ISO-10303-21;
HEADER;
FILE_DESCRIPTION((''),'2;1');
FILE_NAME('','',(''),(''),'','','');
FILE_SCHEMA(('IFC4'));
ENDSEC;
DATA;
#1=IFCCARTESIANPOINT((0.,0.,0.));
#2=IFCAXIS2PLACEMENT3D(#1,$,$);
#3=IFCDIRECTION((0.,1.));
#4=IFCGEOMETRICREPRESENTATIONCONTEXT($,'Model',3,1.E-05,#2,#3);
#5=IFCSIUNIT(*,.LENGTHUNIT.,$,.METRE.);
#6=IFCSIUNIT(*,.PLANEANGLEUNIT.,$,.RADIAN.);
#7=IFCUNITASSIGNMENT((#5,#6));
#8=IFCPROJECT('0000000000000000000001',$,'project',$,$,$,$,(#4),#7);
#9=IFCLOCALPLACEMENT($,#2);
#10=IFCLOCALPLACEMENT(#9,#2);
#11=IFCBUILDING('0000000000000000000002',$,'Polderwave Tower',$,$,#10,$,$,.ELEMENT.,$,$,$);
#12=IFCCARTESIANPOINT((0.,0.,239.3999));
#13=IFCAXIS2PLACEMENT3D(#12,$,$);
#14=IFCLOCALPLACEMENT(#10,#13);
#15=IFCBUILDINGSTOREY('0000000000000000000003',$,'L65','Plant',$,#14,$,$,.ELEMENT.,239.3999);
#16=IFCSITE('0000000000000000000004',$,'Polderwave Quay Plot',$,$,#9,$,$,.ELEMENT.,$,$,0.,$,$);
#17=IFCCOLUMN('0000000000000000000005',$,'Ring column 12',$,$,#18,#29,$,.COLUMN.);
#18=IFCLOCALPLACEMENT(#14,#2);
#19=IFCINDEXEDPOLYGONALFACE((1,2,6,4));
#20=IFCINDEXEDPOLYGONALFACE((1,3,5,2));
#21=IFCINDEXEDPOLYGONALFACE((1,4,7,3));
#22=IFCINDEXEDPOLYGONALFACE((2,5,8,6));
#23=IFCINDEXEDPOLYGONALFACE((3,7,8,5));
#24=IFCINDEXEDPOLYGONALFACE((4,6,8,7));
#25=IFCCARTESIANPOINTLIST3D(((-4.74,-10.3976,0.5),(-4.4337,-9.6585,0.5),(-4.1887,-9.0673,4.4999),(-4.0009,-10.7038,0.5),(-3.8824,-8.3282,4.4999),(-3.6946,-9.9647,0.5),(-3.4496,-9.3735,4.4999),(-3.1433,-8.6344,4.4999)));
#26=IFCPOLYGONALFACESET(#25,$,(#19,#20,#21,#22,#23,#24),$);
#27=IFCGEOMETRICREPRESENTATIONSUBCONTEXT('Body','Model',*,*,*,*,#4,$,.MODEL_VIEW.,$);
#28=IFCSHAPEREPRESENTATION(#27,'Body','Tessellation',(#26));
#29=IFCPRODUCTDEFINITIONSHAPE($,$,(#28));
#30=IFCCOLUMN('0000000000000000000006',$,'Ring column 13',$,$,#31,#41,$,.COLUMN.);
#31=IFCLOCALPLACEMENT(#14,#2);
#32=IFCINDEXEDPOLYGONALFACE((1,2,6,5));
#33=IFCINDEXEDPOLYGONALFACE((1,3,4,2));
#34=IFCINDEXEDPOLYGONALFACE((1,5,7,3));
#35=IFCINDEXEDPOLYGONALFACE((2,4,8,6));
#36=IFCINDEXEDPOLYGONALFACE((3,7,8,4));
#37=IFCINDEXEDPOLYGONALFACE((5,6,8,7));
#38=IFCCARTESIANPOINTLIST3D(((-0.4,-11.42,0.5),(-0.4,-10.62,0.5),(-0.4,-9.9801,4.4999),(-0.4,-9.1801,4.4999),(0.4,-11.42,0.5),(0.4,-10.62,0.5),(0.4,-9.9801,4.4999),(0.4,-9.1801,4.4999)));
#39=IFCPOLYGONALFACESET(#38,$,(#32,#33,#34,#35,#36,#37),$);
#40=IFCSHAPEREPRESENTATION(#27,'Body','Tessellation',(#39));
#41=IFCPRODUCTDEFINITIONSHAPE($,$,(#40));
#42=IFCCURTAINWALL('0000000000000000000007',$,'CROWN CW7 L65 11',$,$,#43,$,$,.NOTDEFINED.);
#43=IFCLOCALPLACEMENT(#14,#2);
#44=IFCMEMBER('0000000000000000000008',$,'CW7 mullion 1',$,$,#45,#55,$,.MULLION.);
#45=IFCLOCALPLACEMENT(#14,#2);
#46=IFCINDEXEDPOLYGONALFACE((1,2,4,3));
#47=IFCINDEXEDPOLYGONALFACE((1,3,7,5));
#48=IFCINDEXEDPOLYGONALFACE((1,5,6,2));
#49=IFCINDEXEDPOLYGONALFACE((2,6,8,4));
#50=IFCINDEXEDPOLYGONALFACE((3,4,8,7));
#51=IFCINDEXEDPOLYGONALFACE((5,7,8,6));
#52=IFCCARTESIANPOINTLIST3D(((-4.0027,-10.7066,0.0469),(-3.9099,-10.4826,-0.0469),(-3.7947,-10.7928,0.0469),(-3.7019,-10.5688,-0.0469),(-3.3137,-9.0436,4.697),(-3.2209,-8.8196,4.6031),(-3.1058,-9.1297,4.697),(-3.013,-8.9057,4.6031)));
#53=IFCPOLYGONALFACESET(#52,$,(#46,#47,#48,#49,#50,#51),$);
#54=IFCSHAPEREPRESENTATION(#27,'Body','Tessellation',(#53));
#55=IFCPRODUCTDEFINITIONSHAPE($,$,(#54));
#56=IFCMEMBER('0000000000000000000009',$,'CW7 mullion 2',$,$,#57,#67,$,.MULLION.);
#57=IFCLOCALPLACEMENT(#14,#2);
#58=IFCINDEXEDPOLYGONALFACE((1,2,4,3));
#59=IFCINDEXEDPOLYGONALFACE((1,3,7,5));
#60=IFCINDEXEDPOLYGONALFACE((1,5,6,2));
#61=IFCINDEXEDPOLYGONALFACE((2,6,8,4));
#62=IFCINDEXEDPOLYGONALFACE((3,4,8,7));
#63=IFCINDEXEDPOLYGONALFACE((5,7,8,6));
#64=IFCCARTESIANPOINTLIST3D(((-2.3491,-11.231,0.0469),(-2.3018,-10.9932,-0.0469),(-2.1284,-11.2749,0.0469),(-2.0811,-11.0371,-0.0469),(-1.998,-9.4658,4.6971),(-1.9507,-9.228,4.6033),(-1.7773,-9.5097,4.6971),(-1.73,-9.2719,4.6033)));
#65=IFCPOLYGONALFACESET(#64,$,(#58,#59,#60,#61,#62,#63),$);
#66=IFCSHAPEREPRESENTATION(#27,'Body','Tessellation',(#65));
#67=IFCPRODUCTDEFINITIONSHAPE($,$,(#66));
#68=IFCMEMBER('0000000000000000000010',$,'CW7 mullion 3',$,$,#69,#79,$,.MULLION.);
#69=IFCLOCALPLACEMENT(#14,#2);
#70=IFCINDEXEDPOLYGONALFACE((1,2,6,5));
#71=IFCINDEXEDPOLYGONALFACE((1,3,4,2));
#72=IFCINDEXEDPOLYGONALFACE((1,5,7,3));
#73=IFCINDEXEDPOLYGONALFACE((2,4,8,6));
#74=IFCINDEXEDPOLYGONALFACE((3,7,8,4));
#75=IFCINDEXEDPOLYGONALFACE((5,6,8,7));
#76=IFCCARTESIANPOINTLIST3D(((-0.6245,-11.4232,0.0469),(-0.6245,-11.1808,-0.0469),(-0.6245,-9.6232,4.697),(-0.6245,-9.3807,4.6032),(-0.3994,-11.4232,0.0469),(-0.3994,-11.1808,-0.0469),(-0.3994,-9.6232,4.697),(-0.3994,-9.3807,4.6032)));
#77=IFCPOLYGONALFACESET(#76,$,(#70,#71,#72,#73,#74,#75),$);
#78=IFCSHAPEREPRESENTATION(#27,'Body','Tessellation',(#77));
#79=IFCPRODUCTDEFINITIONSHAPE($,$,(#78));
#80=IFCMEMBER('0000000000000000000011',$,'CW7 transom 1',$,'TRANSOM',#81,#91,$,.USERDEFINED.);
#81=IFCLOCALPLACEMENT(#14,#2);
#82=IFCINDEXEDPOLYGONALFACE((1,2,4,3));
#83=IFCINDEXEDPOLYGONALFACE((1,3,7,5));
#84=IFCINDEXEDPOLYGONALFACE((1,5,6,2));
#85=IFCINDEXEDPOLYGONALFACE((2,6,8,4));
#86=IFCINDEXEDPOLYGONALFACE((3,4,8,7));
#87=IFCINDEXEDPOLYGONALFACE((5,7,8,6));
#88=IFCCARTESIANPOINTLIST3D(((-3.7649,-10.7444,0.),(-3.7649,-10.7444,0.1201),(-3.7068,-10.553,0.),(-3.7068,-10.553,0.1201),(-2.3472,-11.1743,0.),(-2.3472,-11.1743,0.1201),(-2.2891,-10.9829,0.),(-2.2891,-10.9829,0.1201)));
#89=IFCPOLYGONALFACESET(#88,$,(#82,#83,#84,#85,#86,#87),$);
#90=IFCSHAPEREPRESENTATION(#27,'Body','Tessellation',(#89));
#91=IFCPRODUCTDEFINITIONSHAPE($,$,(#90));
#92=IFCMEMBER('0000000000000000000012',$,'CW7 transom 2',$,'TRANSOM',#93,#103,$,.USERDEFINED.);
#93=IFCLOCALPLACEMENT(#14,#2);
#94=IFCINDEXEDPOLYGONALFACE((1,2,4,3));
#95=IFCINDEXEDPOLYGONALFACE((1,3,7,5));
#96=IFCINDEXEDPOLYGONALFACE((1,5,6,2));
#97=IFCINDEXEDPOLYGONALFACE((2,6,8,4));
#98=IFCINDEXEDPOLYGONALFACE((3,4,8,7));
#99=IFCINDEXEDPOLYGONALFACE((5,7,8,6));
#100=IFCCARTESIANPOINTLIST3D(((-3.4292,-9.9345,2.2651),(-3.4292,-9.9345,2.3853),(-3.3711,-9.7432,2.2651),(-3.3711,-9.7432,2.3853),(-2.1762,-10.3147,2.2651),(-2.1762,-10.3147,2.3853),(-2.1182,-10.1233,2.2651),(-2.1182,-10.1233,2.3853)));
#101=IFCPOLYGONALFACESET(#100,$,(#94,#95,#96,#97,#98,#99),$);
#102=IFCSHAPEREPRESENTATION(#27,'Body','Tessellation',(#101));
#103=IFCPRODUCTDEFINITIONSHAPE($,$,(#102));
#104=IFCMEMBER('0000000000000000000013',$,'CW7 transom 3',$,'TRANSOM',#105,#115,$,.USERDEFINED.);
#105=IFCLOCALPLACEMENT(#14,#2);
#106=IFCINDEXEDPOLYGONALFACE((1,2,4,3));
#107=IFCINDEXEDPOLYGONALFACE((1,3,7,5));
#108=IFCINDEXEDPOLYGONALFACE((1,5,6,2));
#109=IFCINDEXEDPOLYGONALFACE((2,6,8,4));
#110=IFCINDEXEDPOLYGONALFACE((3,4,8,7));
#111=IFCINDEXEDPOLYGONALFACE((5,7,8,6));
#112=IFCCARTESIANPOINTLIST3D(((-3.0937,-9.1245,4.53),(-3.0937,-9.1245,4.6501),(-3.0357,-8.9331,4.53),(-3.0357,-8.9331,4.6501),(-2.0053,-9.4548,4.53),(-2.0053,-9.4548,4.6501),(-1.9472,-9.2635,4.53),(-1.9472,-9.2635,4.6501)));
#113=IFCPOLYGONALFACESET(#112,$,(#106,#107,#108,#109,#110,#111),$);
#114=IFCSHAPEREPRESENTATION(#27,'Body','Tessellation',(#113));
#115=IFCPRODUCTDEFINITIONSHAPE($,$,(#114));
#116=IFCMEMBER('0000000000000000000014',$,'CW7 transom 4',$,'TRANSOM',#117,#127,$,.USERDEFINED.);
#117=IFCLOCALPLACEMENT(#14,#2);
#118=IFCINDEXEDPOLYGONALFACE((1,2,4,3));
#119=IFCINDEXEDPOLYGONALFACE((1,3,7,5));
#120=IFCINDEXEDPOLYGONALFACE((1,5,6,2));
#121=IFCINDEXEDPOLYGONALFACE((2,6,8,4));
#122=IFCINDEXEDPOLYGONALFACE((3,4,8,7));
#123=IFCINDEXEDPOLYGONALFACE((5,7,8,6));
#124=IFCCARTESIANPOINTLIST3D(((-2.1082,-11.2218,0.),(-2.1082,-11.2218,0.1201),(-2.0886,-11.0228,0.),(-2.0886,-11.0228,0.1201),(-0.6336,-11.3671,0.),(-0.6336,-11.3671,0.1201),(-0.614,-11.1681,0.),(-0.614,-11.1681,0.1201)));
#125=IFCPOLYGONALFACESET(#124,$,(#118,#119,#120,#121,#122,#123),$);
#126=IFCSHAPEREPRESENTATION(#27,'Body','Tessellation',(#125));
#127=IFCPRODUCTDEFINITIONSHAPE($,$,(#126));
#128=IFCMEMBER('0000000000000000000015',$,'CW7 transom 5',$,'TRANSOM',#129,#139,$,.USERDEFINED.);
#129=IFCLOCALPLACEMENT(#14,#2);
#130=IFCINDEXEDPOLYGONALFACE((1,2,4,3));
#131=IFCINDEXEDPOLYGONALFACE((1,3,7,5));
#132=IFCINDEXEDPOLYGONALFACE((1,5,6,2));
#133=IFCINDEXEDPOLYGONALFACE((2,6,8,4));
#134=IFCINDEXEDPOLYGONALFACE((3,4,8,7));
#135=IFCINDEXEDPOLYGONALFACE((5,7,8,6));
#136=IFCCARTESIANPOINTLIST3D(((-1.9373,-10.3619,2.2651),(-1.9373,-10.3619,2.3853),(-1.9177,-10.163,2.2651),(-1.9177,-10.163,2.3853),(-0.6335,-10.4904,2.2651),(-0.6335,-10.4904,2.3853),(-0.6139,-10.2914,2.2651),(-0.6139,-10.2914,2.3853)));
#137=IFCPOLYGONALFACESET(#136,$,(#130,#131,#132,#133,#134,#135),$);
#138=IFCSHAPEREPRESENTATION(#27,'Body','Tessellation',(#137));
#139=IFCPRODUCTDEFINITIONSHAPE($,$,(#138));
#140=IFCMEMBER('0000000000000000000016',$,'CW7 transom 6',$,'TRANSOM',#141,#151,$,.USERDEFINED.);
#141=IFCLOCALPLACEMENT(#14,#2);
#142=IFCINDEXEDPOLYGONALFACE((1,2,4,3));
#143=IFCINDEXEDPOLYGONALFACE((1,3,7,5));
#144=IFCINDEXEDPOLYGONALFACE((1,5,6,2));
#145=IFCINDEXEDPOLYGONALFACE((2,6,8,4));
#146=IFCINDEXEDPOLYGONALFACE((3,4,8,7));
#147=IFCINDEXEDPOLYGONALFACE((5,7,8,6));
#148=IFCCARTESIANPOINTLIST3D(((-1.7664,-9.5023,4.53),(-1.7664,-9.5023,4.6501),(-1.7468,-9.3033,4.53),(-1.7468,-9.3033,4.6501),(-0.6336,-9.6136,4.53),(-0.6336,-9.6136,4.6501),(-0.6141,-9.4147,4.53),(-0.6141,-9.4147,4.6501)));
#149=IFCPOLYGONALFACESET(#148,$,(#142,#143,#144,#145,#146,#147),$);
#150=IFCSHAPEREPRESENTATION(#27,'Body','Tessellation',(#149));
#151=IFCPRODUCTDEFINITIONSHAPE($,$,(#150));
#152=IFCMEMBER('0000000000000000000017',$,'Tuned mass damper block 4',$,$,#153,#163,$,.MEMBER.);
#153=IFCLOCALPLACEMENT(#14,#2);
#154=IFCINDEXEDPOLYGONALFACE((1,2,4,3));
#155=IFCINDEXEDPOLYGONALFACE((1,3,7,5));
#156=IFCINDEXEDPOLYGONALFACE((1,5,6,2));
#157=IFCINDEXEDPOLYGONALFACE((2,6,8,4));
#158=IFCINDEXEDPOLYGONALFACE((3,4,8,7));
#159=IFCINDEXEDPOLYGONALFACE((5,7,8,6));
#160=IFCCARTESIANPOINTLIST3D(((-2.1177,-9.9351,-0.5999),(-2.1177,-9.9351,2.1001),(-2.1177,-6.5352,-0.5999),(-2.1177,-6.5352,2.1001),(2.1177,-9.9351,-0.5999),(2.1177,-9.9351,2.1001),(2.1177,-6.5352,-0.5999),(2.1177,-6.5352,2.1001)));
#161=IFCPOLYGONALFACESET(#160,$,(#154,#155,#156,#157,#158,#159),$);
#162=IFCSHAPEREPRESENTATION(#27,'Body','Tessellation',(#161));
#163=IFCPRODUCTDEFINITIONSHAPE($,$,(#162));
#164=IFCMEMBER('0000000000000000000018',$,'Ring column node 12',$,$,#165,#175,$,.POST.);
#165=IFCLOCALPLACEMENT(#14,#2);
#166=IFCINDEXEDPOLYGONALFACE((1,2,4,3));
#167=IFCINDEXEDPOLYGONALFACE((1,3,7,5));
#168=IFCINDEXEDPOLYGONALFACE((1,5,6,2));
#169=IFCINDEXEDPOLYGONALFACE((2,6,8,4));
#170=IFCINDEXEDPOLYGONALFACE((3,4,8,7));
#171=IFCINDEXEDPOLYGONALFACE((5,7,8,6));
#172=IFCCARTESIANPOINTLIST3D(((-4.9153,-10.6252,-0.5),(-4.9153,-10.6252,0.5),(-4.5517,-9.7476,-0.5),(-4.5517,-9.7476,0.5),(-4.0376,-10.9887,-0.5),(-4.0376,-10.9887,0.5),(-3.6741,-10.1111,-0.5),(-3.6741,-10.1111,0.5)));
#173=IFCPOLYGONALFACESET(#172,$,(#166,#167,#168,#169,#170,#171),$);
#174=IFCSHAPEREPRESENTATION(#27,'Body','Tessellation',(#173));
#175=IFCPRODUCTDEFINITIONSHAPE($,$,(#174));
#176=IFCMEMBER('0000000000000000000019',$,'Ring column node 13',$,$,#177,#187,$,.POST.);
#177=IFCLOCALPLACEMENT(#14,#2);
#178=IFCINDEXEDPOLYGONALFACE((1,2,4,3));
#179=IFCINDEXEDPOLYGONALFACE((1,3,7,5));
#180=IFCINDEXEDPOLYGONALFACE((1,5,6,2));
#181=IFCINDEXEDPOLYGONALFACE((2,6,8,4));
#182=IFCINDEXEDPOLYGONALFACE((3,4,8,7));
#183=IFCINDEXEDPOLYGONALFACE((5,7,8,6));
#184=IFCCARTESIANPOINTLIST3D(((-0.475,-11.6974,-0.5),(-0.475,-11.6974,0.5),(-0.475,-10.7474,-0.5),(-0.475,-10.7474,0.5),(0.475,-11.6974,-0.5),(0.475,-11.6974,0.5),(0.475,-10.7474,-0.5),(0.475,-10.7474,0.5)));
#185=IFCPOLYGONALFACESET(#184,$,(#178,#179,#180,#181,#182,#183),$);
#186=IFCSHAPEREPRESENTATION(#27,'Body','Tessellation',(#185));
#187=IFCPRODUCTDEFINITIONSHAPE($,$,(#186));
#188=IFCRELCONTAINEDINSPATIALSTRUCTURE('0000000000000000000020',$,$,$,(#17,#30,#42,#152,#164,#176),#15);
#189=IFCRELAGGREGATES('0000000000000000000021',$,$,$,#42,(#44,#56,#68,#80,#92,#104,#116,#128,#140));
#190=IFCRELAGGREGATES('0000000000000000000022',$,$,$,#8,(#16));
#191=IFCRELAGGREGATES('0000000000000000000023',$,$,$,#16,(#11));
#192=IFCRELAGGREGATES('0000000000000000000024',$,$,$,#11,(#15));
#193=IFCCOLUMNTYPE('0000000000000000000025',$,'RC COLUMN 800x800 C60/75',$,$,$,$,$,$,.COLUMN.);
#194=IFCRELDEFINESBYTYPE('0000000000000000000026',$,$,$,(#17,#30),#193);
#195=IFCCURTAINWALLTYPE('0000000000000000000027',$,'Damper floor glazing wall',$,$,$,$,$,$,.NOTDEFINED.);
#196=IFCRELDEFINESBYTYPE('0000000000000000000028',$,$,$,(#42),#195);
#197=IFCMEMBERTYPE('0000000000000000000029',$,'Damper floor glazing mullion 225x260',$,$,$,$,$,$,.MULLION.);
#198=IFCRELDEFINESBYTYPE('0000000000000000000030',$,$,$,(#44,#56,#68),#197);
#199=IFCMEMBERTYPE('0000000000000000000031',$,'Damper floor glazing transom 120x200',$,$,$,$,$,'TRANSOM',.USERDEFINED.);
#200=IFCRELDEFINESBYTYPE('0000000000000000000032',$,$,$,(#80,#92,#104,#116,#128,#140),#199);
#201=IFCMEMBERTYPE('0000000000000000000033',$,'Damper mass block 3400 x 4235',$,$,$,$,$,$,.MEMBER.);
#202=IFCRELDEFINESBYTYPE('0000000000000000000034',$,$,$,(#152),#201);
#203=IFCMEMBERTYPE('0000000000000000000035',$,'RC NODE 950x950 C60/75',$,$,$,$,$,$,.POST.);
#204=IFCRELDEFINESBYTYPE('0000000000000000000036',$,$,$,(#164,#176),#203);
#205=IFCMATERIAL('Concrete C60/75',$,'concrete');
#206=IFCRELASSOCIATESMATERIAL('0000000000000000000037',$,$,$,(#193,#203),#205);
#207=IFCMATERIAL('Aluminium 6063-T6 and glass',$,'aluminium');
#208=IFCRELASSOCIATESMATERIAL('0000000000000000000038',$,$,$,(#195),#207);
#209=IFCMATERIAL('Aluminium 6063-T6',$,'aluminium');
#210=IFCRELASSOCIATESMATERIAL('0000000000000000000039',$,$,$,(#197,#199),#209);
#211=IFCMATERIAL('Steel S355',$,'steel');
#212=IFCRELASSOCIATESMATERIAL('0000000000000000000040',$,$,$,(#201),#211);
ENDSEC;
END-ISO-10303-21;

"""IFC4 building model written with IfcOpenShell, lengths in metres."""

from ifc_helpers import new_model, si_unit, direction, frame, origin, origin_2d, place, context, subcontext, project, spatial, rectangle, extrude, material, material_profile, profile_set, type_object, element, aggregate, save


model = new_model("IFC4")

# Units and contexts
model_context = context("Model", 3, precision=1e-05, world=origin(), true_north=direction((0.0, 1.0)))
body_context = subcontext(model_context, "Body", "Model", "MODEL_VIEW")
ifc_project = project(units=[si_unit("LENGTHUNIT", "METRE"), si_unit("PLANEANGLEUNIT", "RADIAN")], contexts=[model_context])

# Site, building, storey
site_placement = place(None, origin())
site = spatial("IfcSite", under=ifc_project, at=site_placement, Name="Polderwave Quay Plot", CompositionType="ELEMENT", RefElevation=0.0)
building_placement = place(site_placement, origin())
building = spatial("IfcBuilding", under=site, at=building_placement, Name="Polderwave Tower", CompositionType="ELEMENT")
storey_placement = place(building_placement, frame((0.0, 0.0, 239.3999)))
storey = spatial("IfcBuildingStorey", under=building, at=storey_placement, Name="L65", Description="Plant", CompositionType="ELEMENT", Elevation=239.3999)

# Columns
ifc_material_1 = material(Name="Concrete C60/75", Category="concrete")
ifc_material_profile_1 = material_profile(ifc_material_1, rectangle(XDim=0.8, YDim=0.8, at=origin_2d()), Name="RC 800x800")
ifc_profile_set_1 = profile_set([ifc_material_profile_1], Name="Concrete C60/75")
column_type = type_object("IfcColumnType", Name="RC COLUMN 800x800 C60/75", PredefinedType="COLUMN", material=ifc_profile_set_1)
column_1_placement = place(storey_placement, frame((-4.2173, -10.1812, 0.5), z_axis=(0.0, 0.0, 1.0), x_axis=(-0.923823, 0.382821, 0.0)))
element("IfcColumn", 1, at=column_1_placement, inside=storey, type_object=column_type, Name="Ring column 12", PredefinedType="COLUMN", context=body_context, shape_type="SweptSolid", body=[
    extrude(rectangle(XDim=0.8, YDim=0.8, at=origin_2d()), origin(), (0.0, -0.338723, 0.940886), 4.2512),
])
column_2_placement = place(storey_placement, frame((0.0, -11.02, 0.5), z_axis=(0.0, 0.0, 1.0), x_axis=(-1.0, 0.0, 0.0)))
element("IfcColumn", 2, at=column_2_placement, inside=storey, type_object=column_type, Name="Ring column 13", PredefinedType="COLUMN", context=body_context, shape_type="SweptSolid", body=[
    extrude(rectangle(XDim=0.8, YDim=0.8, at=origin_2d()), origin(), (0.0, -0.338707, 0.940892), 4.2512),
])

# Curtain wall, members
ifc_material_2 = material(Name="Aluminium 6063-T6 and glass", Category="aluminium")
curtain_wall_type = type_object("IfcCurtainWallType", Name="Damper floor glazing wall", PredefinedType="NOTDEFINED", material=ifc_material_2)
curtain_wall_placement = place(storey_placement, origin())
curtain_wall = element("IfcCurtainWall", 3, at=curtain_wall_placement, inside=storey, type_object=curtain_wall_type, Name="CROWN CW7 L65 11", PredefinedType="NOTDEFINED")
ifc_material_3 = material(Name="Aluminium 6063-T6", Category="aluminium")
ifc_material_profile_2 = material_profile(ifc_material_3, rectangle(XDim=0.2251, YDim=0.26, at=origin_2d()), Name="AL 225x260")
ifc_profile_set_2 = profile_set([ifc_material_profile_2], Name="Aluminium 6063-T6")
member_type_1 = type_object("IfcMemberType", Name="Damper floor glazing mullion 225x260", PredefinedType="MULLION", material=ifc_profile_set_2)
member_1_placement = place(storey_placement, frame((-3.8523, -10.6377, 0.0), z_axis=(0.138168, 0.333523, 0.932562), x_axis=(-0.923861, 0.382727, 0.0)))
member_1 = element("IfcMember", 4, at=member_1_placement, type_object=member_type_1, Name="CW7 mullion 1", PredefinedType="MULLION", context=body_context, shape_type="SweptSolid", body=[
    extrude(rectangle(XDim=0.2251, YDim=0.26, at=origin_2d()), origin(), (0.0, 0.0, 1.0), 4.9863),
])
member_2_placement = place(storey_placement, frame((-2.2151, -11.134, 0.0), z_axis=(0.070408, 0.354, 0.932591), x_axis=(-0.980789, 0.195073, 0.0)))
member_2 = element("IfcMember", 5, at=member_2_placement, type_object=member_type_1, Name="CW7 mullion 2", PredefinedType="MULLION", context=body_context, shape_type="SweptSolid", body=[
    extrude(rectangle(XDim=0.2251, YDim=0.26, at=origin_2d()), origin(), (0.0, 0.0, 1.0), 4.9863),
])
member_3_placement = place(storey_placement, frame((-0.512, -11.302, 0.0), z_axis=(0.0, 0.360993, 0.932569), x_axis=(-1.0, 0.0, 0.0)))
member_3 = element("IfcMember", 6, at=member_3_placement, type_object=member_type_1, Name="CW7 mullion 3", PredefinedType="MULLION", context=body_context, shape_type="SweptSolid", body=[
    extrude(rectangle(XDim=0.2251, YDim=0.26, at=origin_2d()), origin(), (0.0, 0.0, 1.0), 4.9863),
])
ifc_material_profile_3 = material_profile(ifc_material_3, rectangle(XDim=0.2, YDim=0.1201, at=origin_2d()), Name="AL 120x200")
ifc_profile_set_3 = profile_set([ifc_material_profile_3], Name="Aluminium 6063-T6")
member_type_2 = type_object("IfcMemberType", Name="Damper floor glazing transom 120x200", ElementType="TRANSOM", PredefinedType="USERDEFINED", material=ifc_profile_set_3)
member_4_placement = place(storey_placement, frame((-3.7358, -10.6487, 0.0601), z_axis=(0.956965, -0.290204, 0.0), x_axis=(0.290204, 0.956965, 0.0)))
member_4 = element("IfcMember", 7, at=member_4_placement, type_object=member_type_2, Name="CW7 transom 1", ObjectType="TRANSOM", PredefinedType="USERDEFINED", context=body_context, shape_type="SweptSolid", body=[
    extrude(rectangle(XDim=0.2, YDim=0.1201, at=origin_2d()), origin(), (0.0, 0.0, 1.0), 1.4814),
])
member_5_placement = place(storey_placement, frame((-3.4001, -9.8389, 2.3252), z_axis=(0.956929, -0.290323, 0.0), x_axis=(0.290323, 0.956929, 0.0)))
member_5 = element("IfcMember", 8, at=member_5_placement, type_object=member_type_2, Name="CW7 transom 2", ObjectType="TRANSOM", PredefinedType="USERDEFINED", context=body_context, shape_type="SweptSolid", body=[
    extrude(rectangle(XDim=0.2, YDim=0.1201, at=origin_2d()), origin(), (0.0, 0.0, 1.0), 1.3093),
])
member_6_placement = place(storey_placement, frame((-3.0647, -9.0288, 4.5901), z_axis=(0.9569, -0.290418, 0.0), x_axis=(0.290418, 0.9569, 0.0)))
member_6 = element("IfcMember", 9, at=member_6_placement, type_object=member_type_2, Name="CW7 transom 3", ObjectType="TRANSOM", PredefinedType="USERDEFINED", context=body_context, shape_type="SweptSolid", body=[
    extrude(rectangle(XDim=0.2, YDim=0.1201, at=origin_2d()), origin(), (0.0, 0.0, 1.0), 1.1375),
])
member_7_placement = place(storey_placement, frame((-2.0984, -11.1223, 0.0601), z_axis=(0.995183, -0.098035, 0.0), x_axis=(0.098035, 0.995183, 0.0)))
member_7 = element("IfcMember", 10, at=member_7_placement, type_object=member_type_2, Name="CW7 transom 4", ObjectType="TRANSOM", PredefinedType="USERDEFINED", context=body_context, shape_type="SweptSolid", body=[
    extrude(rectangle(XDim=0.2, YDim=0.1201, at=origin_2d()), origin(), (0.0, 0.0, 1.0), 1.4817),
])
member_8_placement = place(storey_placement, frame((-1.9275, -10.2625, 2.3252), z_axis=(0.995184, -0.098027, 0.0), x_axis=(0.098027, 0.995184, 0.0)))
member_8 = element("IfcMember", 11, at=member_8_placement, type_object=member_type_2, Name="CW7 transom 5", ObjectType="TRANSOM", PredefinedType="USERDEFINED", context=body_context, shape_type="SweptSolid", body=[
    extrude(rectangle(XDim=0.2, YDim=0.1201, at=origin_2d()), origin(), (0.0, 0.0, 1.0), 1.3101),
])
member_9_placement = place(storey_placement, frame((-1.7566, -9.4028, 4.5901), z_axis=(0.995206, -0.097805, 0.0), x_axis=(0.097805, 0.995206, 0.0)))
member_9 = element("IfcMember", 12, at=member_9_placement, type_object=member_type_2, Name="CW7 transom 6", ObjectType="TRANSOM", PredefinedType="USERDEFINED", context=body_context, shape_type="SweptSolid", body=[
    extrude(rectangle(XDim=0.2, YDim=0.1201, at=origin_2d()), origin(), (0.0, 0.0, 1.0), 1.1382),
])

# Members
ifc_material_4 = material(Name="Steel S355", Category="steel")
ifc_material_profile_4 = material_profile(ifc_material_4, rectangle(XDim=3.3999, YDim=4.2354, at=origin_2d()), Name="Steel block 3400x4235")
ifc_profile_set_4 = profile_set([ifc_material_profile_4], Name="Steel S355")
member_type_3 = type_object("IfcMemberType", Name="Damper mass block 3400 x 4235", PredefinedType="MEMBER", material=ifc_profile_set_4)
member_10_placement = place(storey_placement, frame((0.0, -8.2351, -0.5999), z_axis=(0.0, 0.0, 1.0), x_axis=(0.0, -1.0, 0.0)))
element("IfcMember", 13, at=member_10_placement, inside=storey, type_object=member_type_3, Name="Tuned mass damper block 4", PredefinedType="MEMBER", context=body_context, shape_type="SweptSolid", body=[
    extrude(rectangle(XDim=3.3999, YDim=4.2354, at=origin_2d()), origin(), (0.0, 0.0, 1.0), 2.7),
])
ifc_material_profile_5 = material_profile(ifc_material_1, rectangle(XDim=0.95, YDim=0.95, at=origin_2d()), Name="RC 950x950")
ifc_profile_set_5 = profile_set([ifc_material_profile_5], Name="Concrete C60/75")
member_type_4 = type_object("IfcMemberType", Name="RC NODE 950x950 C60/75", PredefinedType="POST", material=ifc_profile_set_5)
for number, where, z_axis, x_axis, name in (
    (14, (-4.2947, -10.3682, -0.5), (0.0, 0.0, 1.0), (-0.382683, -0.92388, 0.0), "Ring column node 12"),
    (15, (0.0, -11.2224, -0.5), (0.0, 0.0, 1.0), (0.0, -1.0, 0.0), "Ring column node 13"),
):
    element("IfcMember", number, at=place(storey_placement, frame(where, z_axis=z_axis, x_axis=x_axis)), inside=storey, type_object=member_type_4, Name=name, PredefinedType="POST", context=body_context, shape_type="SweptSolid", body=[
        extrude(rectangle(XDim=0.95, YDim=0.95, at=origin_2d()), origin(), (0.0, 0.0, 1.0), 1.0),
    ])

aggregate(curtain_wall, [member_1, member_2, member_3, member_4, member_5, member_6, member_7, member_8, member_9])

save(model, "model.ifc")
